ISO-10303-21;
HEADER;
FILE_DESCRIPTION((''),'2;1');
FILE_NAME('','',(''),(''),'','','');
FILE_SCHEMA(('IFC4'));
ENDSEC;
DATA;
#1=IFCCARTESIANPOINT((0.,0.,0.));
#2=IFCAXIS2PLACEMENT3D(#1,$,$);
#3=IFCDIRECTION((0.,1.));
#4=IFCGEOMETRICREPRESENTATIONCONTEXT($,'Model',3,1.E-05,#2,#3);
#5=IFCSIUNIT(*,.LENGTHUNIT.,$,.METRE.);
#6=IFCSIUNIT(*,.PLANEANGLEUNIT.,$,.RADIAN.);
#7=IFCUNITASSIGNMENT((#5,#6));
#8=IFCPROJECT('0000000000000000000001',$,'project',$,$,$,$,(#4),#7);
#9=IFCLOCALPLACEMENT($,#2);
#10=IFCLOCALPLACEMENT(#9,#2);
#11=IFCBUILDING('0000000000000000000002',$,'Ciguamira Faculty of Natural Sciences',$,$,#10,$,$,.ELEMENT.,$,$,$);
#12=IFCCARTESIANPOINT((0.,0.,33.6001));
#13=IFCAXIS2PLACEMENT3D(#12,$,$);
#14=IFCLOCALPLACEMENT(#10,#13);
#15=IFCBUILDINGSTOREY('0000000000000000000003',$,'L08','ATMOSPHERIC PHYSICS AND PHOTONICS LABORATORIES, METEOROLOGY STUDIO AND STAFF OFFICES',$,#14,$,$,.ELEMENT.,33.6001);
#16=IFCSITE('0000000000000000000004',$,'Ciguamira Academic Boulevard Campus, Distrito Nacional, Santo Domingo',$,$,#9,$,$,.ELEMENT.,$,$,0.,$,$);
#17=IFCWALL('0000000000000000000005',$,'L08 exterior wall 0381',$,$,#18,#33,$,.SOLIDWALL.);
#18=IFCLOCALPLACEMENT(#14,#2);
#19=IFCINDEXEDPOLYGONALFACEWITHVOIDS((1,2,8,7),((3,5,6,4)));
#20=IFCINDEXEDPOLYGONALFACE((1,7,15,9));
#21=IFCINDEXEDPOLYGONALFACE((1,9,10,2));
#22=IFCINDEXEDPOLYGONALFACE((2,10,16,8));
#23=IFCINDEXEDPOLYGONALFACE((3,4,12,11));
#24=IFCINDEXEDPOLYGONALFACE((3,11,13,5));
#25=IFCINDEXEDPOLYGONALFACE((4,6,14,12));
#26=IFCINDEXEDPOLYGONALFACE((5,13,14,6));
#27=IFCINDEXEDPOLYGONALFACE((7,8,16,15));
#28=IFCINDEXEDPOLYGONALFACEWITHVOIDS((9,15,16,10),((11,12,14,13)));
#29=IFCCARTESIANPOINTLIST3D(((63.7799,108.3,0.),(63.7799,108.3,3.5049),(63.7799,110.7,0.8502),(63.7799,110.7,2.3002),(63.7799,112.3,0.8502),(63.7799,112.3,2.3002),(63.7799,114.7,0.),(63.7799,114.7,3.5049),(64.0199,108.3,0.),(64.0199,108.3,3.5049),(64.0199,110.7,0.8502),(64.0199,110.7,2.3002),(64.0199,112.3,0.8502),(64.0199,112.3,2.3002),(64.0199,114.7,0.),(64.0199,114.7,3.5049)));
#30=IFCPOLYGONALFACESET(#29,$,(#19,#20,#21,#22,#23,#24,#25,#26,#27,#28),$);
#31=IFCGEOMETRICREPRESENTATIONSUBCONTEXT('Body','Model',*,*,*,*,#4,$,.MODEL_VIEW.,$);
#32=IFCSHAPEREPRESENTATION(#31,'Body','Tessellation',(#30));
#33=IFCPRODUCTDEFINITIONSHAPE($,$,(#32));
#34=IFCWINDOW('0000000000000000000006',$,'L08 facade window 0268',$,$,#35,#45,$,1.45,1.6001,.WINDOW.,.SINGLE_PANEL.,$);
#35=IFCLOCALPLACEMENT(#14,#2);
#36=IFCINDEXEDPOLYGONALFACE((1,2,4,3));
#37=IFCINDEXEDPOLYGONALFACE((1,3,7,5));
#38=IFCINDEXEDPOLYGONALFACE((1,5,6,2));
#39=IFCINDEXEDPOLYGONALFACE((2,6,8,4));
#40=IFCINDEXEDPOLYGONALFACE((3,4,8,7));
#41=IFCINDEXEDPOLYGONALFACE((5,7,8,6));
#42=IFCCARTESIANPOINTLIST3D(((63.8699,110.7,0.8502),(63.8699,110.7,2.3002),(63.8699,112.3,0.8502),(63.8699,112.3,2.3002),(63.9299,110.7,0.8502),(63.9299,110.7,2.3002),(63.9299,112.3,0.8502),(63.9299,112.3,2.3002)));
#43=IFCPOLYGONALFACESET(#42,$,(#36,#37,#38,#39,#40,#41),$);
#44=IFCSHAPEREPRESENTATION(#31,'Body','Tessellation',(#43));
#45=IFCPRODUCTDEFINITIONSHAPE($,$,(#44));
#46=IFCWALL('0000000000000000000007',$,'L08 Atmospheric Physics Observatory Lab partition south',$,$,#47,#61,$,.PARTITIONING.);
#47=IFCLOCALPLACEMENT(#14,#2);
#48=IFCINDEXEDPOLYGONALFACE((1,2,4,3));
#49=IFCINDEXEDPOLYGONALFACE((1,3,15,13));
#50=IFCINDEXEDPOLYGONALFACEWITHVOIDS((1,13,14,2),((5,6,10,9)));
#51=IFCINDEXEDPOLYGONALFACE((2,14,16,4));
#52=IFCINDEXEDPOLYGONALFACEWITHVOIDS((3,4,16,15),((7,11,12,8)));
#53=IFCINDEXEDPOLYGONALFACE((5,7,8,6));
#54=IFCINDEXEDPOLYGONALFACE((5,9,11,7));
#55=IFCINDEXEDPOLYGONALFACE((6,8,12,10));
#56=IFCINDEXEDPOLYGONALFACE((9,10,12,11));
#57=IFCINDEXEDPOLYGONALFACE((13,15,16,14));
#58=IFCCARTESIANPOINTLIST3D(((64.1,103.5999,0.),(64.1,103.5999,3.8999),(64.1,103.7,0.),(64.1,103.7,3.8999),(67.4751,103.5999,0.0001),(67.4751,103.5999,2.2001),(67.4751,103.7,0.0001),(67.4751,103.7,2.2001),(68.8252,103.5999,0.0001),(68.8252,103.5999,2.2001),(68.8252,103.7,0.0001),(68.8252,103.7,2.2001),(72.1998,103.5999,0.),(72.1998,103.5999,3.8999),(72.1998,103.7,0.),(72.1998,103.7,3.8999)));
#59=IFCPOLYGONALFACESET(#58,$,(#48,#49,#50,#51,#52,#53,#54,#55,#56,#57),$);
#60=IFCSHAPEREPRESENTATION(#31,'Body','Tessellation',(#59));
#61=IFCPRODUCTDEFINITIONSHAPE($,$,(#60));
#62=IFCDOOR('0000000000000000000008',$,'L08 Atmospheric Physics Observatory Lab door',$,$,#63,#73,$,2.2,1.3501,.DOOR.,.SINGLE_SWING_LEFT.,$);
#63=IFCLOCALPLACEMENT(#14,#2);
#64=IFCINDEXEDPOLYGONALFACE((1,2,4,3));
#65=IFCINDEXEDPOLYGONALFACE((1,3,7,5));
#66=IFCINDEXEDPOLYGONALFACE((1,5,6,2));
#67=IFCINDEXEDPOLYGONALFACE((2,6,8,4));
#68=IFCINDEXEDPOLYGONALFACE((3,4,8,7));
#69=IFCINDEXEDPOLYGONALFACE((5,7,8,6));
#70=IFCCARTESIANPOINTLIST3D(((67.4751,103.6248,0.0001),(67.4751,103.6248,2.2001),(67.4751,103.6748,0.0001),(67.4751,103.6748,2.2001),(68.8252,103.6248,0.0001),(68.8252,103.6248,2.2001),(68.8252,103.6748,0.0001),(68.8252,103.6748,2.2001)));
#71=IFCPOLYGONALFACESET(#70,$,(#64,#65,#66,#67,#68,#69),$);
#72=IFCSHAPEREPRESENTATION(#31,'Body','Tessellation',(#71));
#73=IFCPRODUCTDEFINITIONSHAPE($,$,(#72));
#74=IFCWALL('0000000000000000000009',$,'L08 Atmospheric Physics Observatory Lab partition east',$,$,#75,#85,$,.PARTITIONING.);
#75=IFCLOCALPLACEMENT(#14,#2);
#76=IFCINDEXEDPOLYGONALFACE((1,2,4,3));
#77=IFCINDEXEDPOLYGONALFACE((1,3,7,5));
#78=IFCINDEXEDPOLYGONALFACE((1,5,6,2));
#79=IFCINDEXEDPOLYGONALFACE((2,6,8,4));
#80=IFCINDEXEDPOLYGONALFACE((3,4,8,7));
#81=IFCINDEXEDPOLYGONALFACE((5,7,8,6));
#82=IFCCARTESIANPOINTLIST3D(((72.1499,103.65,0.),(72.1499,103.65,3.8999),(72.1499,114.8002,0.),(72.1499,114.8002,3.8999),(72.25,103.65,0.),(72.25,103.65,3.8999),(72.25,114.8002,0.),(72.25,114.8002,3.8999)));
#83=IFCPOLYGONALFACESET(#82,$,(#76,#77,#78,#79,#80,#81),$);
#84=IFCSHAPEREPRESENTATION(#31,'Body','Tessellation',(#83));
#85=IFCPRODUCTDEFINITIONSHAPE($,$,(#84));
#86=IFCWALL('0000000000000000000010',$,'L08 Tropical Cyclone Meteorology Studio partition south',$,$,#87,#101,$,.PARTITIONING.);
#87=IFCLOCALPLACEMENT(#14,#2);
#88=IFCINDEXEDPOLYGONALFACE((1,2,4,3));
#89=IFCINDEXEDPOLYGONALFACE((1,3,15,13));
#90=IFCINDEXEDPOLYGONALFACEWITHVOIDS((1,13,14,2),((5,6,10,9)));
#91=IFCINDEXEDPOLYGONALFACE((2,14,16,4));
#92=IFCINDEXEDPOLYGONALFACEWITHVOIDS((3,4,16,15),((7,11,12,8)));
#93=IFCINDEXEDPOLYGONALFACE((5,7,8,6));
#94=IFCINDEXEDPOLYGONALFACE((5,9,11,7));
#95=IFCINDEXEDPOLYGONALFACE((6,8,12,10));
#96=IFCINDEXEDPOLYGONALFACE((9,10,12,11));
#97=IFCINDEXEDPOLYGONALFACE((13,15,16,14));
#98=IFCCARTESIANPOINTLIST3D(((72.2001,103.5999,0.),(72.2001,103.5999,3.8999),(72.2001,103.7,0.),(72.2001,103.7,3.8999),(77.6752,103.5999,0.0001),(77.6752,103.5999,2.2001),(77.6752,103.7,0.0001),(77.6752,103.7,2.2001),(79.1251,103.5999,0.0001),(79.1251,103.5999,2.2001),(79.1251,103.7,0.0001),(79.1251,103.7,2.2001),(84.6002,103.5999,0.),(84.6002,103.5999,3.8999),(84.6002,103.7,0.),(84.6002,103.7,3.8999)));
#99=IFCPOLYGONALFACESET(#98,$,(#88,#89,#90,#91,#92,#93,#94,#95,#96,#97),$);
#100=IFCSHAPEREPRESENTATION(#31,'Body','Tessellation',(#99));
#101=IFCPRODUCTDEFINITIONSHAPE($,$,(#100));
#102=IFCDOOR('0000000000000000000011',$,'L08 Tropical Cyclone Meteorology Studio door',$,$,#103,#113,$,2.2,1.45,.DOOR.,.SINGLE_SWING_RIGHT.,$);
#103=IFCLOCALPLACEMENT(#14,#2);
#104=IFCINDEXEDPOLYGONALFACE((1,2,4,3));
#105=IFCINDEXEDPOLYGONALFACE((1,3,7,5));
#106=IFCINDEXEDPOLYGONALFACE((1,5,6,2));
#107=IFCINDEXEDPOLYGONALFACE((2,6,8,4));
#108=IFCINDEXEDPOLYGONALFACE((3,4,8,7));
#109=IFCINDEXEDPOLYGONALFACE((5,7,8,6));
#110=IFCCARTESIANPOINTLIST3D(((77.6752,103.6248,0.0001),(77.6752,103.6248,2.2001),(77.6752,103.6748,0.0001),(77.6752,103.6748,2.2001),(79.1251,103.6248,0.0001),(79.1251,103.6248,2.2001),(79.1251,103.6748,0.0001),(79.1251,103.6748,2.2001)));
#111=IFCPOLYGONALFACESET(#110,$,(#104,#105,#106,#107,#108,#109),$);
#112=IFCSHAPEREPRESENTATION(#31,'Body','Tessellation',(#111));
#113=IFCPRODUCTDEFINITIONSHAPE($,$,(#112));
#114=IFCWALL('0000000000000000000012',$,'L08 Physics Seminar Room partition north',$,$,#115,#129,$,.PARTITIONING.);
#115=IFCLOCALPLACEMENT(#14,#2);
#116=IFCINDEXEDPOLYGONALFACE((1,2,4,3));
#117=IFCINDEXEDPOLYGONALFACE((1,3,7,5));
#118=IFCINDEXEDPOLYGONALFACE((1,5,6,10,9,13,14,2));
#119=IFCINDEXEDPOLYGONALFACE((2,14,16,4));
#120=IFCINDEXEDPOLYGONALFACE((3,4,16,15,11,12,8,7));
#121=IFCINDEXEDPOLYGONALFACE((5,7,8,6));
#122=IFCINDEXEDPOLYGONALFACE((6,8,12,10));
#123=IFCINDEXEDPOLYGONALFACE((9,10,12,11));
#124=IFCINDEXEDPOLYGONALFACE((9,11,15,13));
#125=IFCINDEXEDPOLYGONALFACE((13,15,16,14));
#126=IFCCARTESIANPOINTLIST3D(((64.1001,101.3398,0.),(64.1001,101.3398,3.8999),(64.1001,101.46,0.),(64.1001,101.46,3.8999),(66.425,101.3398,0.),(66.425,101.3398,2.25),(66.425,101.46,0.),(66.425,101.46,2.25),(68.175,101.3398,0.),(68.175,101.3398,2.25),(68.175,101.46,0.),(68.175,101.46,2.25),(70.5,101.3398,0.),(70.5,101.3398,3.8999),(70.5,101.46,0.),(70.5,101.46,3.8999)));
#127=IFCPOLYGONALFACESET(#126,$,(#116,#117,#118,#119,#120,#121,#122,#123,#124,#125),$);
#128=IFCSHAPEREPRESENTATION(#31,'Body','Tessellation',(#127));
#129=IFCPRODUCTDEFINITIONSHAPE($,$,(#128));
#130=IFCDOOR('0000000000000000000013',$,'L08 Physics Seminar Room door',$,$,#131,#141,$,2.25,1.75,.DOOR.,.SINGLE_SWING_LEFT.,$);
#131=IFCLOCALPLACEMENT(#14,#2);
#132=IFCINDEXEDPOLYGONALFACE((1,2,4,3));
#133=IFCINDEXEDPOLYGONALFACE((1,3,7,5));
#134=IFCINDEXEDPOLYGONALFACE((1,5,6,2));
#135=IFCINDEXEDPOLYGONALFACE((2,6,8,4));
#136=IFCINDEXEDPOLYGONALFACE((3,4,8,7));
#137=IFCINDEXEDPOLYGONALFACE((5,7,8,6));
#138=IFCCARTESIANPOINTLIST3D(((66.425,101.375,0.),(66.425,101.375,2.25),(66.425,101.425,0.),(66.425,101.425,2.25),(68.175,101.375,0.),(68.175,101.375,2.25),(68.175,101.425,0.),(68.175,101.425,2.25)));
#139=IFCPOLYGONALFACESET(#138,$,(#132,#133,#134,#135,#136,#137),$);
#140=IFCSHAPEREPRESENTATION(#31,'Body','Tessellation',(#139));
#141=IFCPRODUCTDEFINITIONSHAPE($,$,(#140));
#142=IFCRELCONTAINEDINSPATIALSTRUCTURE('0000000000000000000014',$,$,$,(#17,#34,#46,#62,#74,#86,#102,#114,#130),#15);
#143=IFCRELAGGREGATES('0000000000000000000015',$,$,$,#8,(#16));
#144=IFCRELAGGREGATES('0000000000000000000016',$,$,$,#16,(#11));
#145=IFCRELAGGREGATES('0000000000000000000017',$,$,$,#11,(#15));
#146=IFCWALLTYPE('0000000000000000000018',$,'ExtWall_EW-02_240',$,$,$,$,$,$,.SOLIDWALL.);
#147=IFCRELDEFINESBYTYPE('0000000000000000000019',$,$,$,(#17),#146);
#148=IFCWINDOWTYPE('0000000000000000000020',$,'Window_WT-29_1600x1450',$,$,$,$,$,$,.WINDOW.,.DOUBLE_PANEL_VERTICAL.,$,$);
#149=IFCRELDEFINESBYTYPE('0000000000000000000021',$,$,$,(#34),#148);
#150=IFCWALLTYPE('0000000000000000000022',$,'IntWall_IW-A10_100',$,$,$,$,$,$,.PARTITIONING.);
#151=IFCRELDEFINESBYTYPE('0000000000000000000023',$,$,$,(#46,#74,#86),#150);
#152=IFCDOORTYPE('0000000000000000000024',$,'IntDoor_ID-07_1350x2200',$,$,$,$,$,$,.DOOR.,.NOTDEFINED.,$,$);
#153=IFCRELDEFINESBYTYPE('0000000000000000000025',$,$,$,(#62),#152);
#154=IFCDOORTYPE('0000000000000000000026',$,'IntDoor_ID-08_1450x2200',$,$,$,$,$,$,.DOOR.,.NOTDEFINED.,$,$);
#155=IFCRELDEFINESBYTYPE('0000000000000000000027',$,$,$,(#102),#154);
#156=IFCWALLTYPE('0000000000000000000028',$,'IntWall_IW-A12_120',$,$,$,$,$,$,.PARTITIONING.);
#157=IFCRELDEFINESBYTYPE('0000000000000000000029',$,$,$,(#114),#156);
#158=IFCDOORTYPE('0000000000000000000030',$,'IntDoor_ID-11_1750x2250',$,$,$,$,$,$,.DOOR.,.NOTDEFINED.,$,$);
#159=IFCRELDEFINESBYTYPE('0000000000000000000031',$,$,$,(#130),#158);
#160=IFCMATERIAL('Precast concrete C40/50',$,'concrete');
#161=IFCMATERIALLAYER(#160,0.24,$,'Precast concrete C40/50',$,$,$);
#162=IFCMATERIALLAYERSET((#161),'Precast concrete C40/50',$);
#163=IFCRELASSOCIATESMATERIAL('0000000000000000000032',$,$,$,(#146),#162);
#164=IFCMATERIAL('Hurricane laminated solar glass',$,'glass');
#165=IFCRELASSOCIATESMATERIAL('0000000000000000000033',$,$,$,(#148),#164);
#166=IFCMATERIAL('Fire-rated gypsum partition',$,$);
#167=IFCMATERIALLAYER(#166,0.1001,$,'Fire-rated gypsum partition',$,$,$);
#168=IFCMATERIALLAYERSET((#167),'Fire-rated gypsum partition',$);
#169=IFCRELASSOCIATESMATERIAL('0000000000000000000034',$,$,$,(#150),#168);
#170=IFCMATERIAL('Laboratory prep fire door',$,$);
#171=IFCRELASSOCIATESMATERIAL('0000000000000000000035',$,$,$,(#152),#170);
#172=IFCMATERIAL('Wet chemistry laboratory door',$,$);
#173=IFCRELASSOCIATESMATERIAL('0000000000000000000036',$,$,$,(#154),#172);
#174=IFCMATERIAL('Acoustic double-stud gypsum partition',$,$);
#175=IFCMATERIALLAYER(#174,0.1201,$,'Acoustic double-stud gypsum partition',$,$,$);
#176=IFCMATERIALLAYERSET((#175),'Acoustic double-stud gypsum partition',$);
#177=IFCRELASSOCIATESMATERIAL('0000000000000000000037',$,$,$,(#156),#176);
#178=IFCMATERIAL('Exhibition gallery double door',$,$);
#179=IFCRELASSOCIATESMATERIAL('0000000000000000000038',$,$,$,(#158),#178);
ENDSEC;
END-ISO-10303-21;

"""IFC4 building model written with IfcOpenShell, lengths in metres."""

from ifc_helpers import new_model, si_unit, direction, frame, frame_2d, origin, place, context, subcontext, project, spatial, rectangle, extrude, material, layer, layer_set, type_object, element, fill, save


model = new_model("IFC4")

# Units and contexts
model_context = context("Model", 3, precision=1e-05, world=origin(), true_north=direction((0.0, 1.0)))
body_context = subcontext(model_context, "Body", "Model", "MODEL_VIEW")
ifc_project = project(units=[si_unit("LENGTHUNIT", "METRE"), si_unit("PLANEANGLEUNIT", "RADIAN")], contexts=[model_context])

# Site, building, storey
site_placement = place(None, origin())
site = spatial("IfcSite", under=ifc_project, at=site_placement, Name="Ciguamira Academic Boulevard Campus, Distrito Nacional, Santo Domingo", CompositionType="ELEMENT", RefElevation=0.0)
building_placement = place(site_placement, origin())
building = spatial("IfcBuilding", under=site, at=building_placement, Name="Ciguamira Faculty of Natural Sciences", CompositionType="ELEMENT")
storey_placement = place(building_placement, frame((0.0, 0.0, 33.6001)))
storey = spatial("IfcBuildingStorey", under=building, at=storey_placement, Name="L08", Description="ATMOSPHERIC PHYSICS AND PHOTONICS LABORATORIES, METEOROLOGY STUDIO AND STAFF OFFICES", CompositionType="ELEMENT", Elevation=33.6001)

# Shared definitions
ifc_material_1 = material(Name="Precast concrete C40/50", Category="concrete")

# Wall, opening, window
ifc_layer_1 = layer(ifc_material_1, 0.24, Name="Precast concrete C40/50")
ifc_layer_set_1 = layer_set([ifc_layer_1], Name="Precast concrete C40/50")
wall_type_1 = type_object("IfcWallType", Name="ExtWall_EW-02_240", PredefinedType="SOLIDWALL", material=ifc_layer_set_1)
ifc_material_2 = material(Name="Hurricane laminated solar glass", Category="glass")
wall_1_placement = place(storey_placement, frame((63.8999, 108.3, 0.0), z_axis=(0.0, 0.0, 1.0), x_axis=(0.0, 1.0, 0.0)))
wall_1 = element("IfcWall", 1, at=wall_1_placement, inside=storey, type_object=wall_type_1, Name="L08 exterior wall 0381", PredefinedType="SOLIDWALL", context=body_context, shape_type="SweptSolid", body=[
    extrude(rectangle(XDim=6.3999, YDim=0.24, at=frame_2d((3.2, 0.0))), origin(), (0.0, 0.0, 1.0), 3.5049),
])
opening_1_placement = place(wall_1_placement, frame((2.3999, 0.0, 0.8501)))
opening_1 = element("IfcOpeningElement", 2, at=opening_1_placement, cuts=wall_1, PredefinedType="OPENING", context=body_context, shape_type="SweptSolid", body=[
    extrude(rectangle(XDim=1.6001, YDim=1.45, at=frame_2d((0.8, 0.7251))), frame((0.0, 0.1299, 0.0), z_axis=(0.0, -1.0, 0.0), x_axis=(1.0, 0.0, 0.0)), (0.0, 0.0, 1.0), 0.26),
])
window_type_1 = type_object("IfcWindowType", Name="Window_WT-29_1600x1450", PartitioningType="DOUBLE_PANEL_VERTICAL", PredefinedType="WINDOW", material=ifc_material_2)
window_1_placement = place(opening_1_placement, origin())
window_1 = element("IfcWindow", 3, at=window_1_placement, inside=storey, type_object=window_type_1, Name="L08 facade window 0268", OverallHeight=1.45, OverallWidth=1.6001, PartitioningType="SINGLE_PANEL", PredefinedType="WINDOW", context=body_context, shape_type="SweptSolid", body=[
    extrude(rectangle(XDim=1.6001, YDim=1.45, at=frame_2d((0.8, 0.7251))), frame((0.0, 0.03, 0.0), z_axis=(0.0, -1.0, 0.0), x_axis=(1.0, 0.0, 0.0)), (0.0, 0.0, 1.0), 0.0601),
])
fill(opening_1, window_1)

# Wall, opening, door
ifc_material_3 = material(Name="Fire-rated gypsum partition")
ifc_layer_2 = layer(ifc_material_3, 0.1001, Name="Fire-rated gypsum partition")
ifc_layer_set_2 = layer_set([ifc_layer_2], Name="Fire-rated gypsum partition")
wall_type_2 = type_object("IfcWallType", Name="IntWall_IW-A10_100", PredefinedType="PARTITIONING", material=ifc_layer_set_2)
wall_2_placement = place(storey_placement, frame((64.1001, 103.6499, 0.0), z_axis=(0.0, 0.0, 1.0), x_axis=(1.0, 0.0, 0.0)))
wall_2 = element("IfcWall", 4, at=wall_2_placement, inside=storey, type_object=wall_type_2, Name="L08 Atmospheric Physics Observatory Lab partition south", PredefinedType="PARTITIONING", context=body_context, shape_type="SweptSolid", body=[
    extrude(rectangle(XDim=8.0999, YDim=0.1001, at=frame_2d((4.0498, 0.0))), origin(), (0.0, 0.0, 1.0), 3.8999),
])
opening_2_placement = place(wall_2_placement, frame((3.375, 0.0, 0.0)))
opening_2 = element("IfcOpeningElement", 5, at=opening_2_placement, cuts=wall_2, PredefinedType="OPENING", context=body_context, shape_type="SweptSolid", body=[
    extrude(rectangle(XDim=1.3501, YDim=2.2, at=frame_2d((0.675, 1.1001))), frame((0.0, 0.0601, 0.0), z_axis=(0.0, -1.0, 0.0), x_axis=(1.0, 0.0, 0.0)), (0.0, 0.0, 1.0), 0.1201),
])
ifc_material_4 = material(Name="Laboratory prep fire door")
door_type_1 = type_object("IfcDoorType", Name="IntDoor_ID-07_1350x2200", OperationType="NOTDEFINED", PredefinedType="DOOR", material=ifc_material_4)
door_1_placement = place(opening_2_placement, origin())
door_1 = element("IfcDoor", 6, at=door_1_placement, inside=storey, type_object=door_type_1, Name="L08 Atmospheric Physics Observatory Lab door", OperationType="SINGLE_SWING_LEFT", OverallHeight=2.2, OverallWidth=1.3501, PredefinedType="DOOR", context=body_context, shape_type="SweptSolid", body=[
    extrude(rectangle(XDim=1.3501, YDim=2.2, at=frame_2d((0.675, 1.1001))), frame((0.0, 0.0249, 0.0), z_axis=(0.0, -1.0, 0.0), x_axis=(1.0, 0.0, 0.0)), (0.0, 0.0, 1.0), 0.05),
])
fill(opening_2, door_1)

# Wall
wall_3_placement = place(storey_placement, frame((72.2, 103.6499, 0.0), z_axis=(0.0, 0.0, 1.0), x_axis=(0.0, 1.0, 0.0)))
element("IfcWall", 7, at=wall_3_placement, inside=storey, type_object=wall_type_2, Name="L08 Atmospheric Physics Observatory Lab partition east", PredefinedType="PARTITIONING", context=body_context, shape_type="SweptSolid", body=[
    extrude(rectangle(XDim=11.1501, YDim=0.1001, at=frame_2d((5.5752, 0.0))), origin(), (0.0, 0.0, 1.0), 3.8999),
])

# Walls, openings, doors
wall_4_placement = place(storey_placement, frame((72.2, 103.6499, 0.0), z_axis=(0.0, 0.0, 1.0), x_axis=(1.0, 0.0, 0.0)))
wall_4 = element("IfcWall", 8, at=wall_4_placement, inside=storey, type_object=wall_type_2, Name="L08 Tropical Cyclone Meteorology Studio partition south", PredefinedType="PARTITIONING", context=body_context, shape_type="SweptSolid", body=[
    extrude(rectangle(XDim=12.4001, YDim=0.1001, at=frame_2d((6.2002, 0.0))), origin(), (0.0, 0.0, 1.0), 3.8999),
])
opening_3_placement = place(wall_4_placement, frame((5.4751, 0.0, 0.0)))
opening_3 = element("IfcOpeningElement", 9, at=opening_3_placement, cuts=wall_4, PredefinedType="OPENING", context=body_context, shape_type="SweptSolid", body=[
    extrude(rectangle(XDim=1.45, YDim=2.2, at=frame_2d((0.7251, 1.1001))), frame((0.0, 0.0601, 0.0), z_axis=(0.0, -1.0, 0.0), x_axis=(1.0, 0.0, 0.0)), (0.0, 0.0, 1.0), 0.1201),
])
ifc_material_5 = material(Name="Wet chemistry laboratory door")
door_type_2 = type_object("IfcDoorType", Name="IntDoor_ID-08_1450x2200", OperationType="NOTDEFINED", PredefinedType="DOOR", material=ifc_material_5)
door_2_placement = place(opening_3_placement, origin())
door_2 = element("IfcDoor", 10, at=door_2_placement, inside=storey, type_object=door_type_2, Name="L08 Tropical Cyclone Meteorology Studio door", OperationType="SINGLE_SWING_RIGHT", OverallHeight=2.2, OverallWidth=1.45, PredefinedType="DOOR", context=body_context, shape_type="SweptSolid", body=[
    extrude(rectangle(XDim=1.45, YDim=2.2, at=frame_2d((0.7251, 1.1001))), frame((0.0, 0.0249, 0.0), z_axis=(0.0, -1.0, 0.0), x_axis=(1.0, 0.0, 0.0)), (0.0, 0.0, 1.0), 0.05),
])
fill(opening_3, door_2)
ifc_material_6 = material(Name="Acoustic double-stud gypsum partition")
ifc_layer_3 = layer(ifc_material_6, 0.1201, Name="Acoustic double-stud gypsum partition")
ifc_layer_set_3 = layer_set([ifc_layer_3], Name="Acoustic double-stud gypsum partition")
wall_type_3 = type_object("IfcWallType", Name="IntWall_IW-A12_120", PredefinedType="PARTITIONING", material=ifc_layer_set_3)
wall_5_placement = place(storey_placement, frame((64.1001, 101.3999, 0.0), z_axis=(0.0, 0.0, 1.0), x_axis=(1.0, 0.0, 0.0)))
wall_5 = element("IfcWall", 11, at=wall_5_placement, inside=storey, type_object=wall_type_3, Name="L08 Physics Seminar Room partition north", PredefinedType="PARTITIONING", context=body_context, shape_type="SweptSolid", body=[
    extrude(rectangle(XDim=6.3999, YDim=0.1201, at=frame_2d((3.2, 0.0))), origin(), (0.0, 0.0, 1.0), 3.8999),
])
opening_4_placement = place(wall_5_placement, frame((2.325, 0.0, 0.0)))
opening_4 = element("IfcOpeningElement", 12, at=opening_4_placement, cuts=wall_5, PredefinedType="OPENING", context=body_context, shape_type="SweptSolid", body=[
    extrude(rectangle(XDim=1.75, YDim=2.25, at=frame_2d((0.875, 1.125))), frame((0.0, 0.0701, 0.0), z_axis=(0.0, -1.0, 0.0), x_axis=(1.0, 0.0, 0.0)), (0.0, 0.0, 1.0), 0.1401),
])
ifc_material_7 = material(Name="Exhibition gallery double door")
door_type_3 = type_object("IfcDoorType", Name="IntDoor_ID-11_1750x2250", OperationType="NOTDEFINED", PredefinedType="DOOR", material=ifc_material_7)
door_3_placement = place(opening_4_placement, frame((1.75, 0.0, 0.0), z_axis=(0.0, 0.0, 1.0), x_axis=(-1.0, 0.0, 0.0)))
door_3 = element("IfcDoor", 13, at=door_3_placement, inside=storey, type_object=door_type_3, Name="L08 Physics Seminar Room door", OperationType="SINGLE_SWING_LEFT", OverallHeight=2.25, OverallWidth=1.75, PredefinedType="DOOR", context=body_context, shape_type="SweptSolid", body=[
    extrude(rectangle(XDim=1.75, YDim=2.25, at=frame_2d((0.875, 1.125))), frame((0.0, 0.0249, 0.0), z_axis=(0.0, -1.0, 0.0), x_axis=(1.0, 0.0, 0.0)), (0.0, 0.0, 1.0), 0.05),
])
fill(opening_4, door_3)

save(model, "model.ifc")
